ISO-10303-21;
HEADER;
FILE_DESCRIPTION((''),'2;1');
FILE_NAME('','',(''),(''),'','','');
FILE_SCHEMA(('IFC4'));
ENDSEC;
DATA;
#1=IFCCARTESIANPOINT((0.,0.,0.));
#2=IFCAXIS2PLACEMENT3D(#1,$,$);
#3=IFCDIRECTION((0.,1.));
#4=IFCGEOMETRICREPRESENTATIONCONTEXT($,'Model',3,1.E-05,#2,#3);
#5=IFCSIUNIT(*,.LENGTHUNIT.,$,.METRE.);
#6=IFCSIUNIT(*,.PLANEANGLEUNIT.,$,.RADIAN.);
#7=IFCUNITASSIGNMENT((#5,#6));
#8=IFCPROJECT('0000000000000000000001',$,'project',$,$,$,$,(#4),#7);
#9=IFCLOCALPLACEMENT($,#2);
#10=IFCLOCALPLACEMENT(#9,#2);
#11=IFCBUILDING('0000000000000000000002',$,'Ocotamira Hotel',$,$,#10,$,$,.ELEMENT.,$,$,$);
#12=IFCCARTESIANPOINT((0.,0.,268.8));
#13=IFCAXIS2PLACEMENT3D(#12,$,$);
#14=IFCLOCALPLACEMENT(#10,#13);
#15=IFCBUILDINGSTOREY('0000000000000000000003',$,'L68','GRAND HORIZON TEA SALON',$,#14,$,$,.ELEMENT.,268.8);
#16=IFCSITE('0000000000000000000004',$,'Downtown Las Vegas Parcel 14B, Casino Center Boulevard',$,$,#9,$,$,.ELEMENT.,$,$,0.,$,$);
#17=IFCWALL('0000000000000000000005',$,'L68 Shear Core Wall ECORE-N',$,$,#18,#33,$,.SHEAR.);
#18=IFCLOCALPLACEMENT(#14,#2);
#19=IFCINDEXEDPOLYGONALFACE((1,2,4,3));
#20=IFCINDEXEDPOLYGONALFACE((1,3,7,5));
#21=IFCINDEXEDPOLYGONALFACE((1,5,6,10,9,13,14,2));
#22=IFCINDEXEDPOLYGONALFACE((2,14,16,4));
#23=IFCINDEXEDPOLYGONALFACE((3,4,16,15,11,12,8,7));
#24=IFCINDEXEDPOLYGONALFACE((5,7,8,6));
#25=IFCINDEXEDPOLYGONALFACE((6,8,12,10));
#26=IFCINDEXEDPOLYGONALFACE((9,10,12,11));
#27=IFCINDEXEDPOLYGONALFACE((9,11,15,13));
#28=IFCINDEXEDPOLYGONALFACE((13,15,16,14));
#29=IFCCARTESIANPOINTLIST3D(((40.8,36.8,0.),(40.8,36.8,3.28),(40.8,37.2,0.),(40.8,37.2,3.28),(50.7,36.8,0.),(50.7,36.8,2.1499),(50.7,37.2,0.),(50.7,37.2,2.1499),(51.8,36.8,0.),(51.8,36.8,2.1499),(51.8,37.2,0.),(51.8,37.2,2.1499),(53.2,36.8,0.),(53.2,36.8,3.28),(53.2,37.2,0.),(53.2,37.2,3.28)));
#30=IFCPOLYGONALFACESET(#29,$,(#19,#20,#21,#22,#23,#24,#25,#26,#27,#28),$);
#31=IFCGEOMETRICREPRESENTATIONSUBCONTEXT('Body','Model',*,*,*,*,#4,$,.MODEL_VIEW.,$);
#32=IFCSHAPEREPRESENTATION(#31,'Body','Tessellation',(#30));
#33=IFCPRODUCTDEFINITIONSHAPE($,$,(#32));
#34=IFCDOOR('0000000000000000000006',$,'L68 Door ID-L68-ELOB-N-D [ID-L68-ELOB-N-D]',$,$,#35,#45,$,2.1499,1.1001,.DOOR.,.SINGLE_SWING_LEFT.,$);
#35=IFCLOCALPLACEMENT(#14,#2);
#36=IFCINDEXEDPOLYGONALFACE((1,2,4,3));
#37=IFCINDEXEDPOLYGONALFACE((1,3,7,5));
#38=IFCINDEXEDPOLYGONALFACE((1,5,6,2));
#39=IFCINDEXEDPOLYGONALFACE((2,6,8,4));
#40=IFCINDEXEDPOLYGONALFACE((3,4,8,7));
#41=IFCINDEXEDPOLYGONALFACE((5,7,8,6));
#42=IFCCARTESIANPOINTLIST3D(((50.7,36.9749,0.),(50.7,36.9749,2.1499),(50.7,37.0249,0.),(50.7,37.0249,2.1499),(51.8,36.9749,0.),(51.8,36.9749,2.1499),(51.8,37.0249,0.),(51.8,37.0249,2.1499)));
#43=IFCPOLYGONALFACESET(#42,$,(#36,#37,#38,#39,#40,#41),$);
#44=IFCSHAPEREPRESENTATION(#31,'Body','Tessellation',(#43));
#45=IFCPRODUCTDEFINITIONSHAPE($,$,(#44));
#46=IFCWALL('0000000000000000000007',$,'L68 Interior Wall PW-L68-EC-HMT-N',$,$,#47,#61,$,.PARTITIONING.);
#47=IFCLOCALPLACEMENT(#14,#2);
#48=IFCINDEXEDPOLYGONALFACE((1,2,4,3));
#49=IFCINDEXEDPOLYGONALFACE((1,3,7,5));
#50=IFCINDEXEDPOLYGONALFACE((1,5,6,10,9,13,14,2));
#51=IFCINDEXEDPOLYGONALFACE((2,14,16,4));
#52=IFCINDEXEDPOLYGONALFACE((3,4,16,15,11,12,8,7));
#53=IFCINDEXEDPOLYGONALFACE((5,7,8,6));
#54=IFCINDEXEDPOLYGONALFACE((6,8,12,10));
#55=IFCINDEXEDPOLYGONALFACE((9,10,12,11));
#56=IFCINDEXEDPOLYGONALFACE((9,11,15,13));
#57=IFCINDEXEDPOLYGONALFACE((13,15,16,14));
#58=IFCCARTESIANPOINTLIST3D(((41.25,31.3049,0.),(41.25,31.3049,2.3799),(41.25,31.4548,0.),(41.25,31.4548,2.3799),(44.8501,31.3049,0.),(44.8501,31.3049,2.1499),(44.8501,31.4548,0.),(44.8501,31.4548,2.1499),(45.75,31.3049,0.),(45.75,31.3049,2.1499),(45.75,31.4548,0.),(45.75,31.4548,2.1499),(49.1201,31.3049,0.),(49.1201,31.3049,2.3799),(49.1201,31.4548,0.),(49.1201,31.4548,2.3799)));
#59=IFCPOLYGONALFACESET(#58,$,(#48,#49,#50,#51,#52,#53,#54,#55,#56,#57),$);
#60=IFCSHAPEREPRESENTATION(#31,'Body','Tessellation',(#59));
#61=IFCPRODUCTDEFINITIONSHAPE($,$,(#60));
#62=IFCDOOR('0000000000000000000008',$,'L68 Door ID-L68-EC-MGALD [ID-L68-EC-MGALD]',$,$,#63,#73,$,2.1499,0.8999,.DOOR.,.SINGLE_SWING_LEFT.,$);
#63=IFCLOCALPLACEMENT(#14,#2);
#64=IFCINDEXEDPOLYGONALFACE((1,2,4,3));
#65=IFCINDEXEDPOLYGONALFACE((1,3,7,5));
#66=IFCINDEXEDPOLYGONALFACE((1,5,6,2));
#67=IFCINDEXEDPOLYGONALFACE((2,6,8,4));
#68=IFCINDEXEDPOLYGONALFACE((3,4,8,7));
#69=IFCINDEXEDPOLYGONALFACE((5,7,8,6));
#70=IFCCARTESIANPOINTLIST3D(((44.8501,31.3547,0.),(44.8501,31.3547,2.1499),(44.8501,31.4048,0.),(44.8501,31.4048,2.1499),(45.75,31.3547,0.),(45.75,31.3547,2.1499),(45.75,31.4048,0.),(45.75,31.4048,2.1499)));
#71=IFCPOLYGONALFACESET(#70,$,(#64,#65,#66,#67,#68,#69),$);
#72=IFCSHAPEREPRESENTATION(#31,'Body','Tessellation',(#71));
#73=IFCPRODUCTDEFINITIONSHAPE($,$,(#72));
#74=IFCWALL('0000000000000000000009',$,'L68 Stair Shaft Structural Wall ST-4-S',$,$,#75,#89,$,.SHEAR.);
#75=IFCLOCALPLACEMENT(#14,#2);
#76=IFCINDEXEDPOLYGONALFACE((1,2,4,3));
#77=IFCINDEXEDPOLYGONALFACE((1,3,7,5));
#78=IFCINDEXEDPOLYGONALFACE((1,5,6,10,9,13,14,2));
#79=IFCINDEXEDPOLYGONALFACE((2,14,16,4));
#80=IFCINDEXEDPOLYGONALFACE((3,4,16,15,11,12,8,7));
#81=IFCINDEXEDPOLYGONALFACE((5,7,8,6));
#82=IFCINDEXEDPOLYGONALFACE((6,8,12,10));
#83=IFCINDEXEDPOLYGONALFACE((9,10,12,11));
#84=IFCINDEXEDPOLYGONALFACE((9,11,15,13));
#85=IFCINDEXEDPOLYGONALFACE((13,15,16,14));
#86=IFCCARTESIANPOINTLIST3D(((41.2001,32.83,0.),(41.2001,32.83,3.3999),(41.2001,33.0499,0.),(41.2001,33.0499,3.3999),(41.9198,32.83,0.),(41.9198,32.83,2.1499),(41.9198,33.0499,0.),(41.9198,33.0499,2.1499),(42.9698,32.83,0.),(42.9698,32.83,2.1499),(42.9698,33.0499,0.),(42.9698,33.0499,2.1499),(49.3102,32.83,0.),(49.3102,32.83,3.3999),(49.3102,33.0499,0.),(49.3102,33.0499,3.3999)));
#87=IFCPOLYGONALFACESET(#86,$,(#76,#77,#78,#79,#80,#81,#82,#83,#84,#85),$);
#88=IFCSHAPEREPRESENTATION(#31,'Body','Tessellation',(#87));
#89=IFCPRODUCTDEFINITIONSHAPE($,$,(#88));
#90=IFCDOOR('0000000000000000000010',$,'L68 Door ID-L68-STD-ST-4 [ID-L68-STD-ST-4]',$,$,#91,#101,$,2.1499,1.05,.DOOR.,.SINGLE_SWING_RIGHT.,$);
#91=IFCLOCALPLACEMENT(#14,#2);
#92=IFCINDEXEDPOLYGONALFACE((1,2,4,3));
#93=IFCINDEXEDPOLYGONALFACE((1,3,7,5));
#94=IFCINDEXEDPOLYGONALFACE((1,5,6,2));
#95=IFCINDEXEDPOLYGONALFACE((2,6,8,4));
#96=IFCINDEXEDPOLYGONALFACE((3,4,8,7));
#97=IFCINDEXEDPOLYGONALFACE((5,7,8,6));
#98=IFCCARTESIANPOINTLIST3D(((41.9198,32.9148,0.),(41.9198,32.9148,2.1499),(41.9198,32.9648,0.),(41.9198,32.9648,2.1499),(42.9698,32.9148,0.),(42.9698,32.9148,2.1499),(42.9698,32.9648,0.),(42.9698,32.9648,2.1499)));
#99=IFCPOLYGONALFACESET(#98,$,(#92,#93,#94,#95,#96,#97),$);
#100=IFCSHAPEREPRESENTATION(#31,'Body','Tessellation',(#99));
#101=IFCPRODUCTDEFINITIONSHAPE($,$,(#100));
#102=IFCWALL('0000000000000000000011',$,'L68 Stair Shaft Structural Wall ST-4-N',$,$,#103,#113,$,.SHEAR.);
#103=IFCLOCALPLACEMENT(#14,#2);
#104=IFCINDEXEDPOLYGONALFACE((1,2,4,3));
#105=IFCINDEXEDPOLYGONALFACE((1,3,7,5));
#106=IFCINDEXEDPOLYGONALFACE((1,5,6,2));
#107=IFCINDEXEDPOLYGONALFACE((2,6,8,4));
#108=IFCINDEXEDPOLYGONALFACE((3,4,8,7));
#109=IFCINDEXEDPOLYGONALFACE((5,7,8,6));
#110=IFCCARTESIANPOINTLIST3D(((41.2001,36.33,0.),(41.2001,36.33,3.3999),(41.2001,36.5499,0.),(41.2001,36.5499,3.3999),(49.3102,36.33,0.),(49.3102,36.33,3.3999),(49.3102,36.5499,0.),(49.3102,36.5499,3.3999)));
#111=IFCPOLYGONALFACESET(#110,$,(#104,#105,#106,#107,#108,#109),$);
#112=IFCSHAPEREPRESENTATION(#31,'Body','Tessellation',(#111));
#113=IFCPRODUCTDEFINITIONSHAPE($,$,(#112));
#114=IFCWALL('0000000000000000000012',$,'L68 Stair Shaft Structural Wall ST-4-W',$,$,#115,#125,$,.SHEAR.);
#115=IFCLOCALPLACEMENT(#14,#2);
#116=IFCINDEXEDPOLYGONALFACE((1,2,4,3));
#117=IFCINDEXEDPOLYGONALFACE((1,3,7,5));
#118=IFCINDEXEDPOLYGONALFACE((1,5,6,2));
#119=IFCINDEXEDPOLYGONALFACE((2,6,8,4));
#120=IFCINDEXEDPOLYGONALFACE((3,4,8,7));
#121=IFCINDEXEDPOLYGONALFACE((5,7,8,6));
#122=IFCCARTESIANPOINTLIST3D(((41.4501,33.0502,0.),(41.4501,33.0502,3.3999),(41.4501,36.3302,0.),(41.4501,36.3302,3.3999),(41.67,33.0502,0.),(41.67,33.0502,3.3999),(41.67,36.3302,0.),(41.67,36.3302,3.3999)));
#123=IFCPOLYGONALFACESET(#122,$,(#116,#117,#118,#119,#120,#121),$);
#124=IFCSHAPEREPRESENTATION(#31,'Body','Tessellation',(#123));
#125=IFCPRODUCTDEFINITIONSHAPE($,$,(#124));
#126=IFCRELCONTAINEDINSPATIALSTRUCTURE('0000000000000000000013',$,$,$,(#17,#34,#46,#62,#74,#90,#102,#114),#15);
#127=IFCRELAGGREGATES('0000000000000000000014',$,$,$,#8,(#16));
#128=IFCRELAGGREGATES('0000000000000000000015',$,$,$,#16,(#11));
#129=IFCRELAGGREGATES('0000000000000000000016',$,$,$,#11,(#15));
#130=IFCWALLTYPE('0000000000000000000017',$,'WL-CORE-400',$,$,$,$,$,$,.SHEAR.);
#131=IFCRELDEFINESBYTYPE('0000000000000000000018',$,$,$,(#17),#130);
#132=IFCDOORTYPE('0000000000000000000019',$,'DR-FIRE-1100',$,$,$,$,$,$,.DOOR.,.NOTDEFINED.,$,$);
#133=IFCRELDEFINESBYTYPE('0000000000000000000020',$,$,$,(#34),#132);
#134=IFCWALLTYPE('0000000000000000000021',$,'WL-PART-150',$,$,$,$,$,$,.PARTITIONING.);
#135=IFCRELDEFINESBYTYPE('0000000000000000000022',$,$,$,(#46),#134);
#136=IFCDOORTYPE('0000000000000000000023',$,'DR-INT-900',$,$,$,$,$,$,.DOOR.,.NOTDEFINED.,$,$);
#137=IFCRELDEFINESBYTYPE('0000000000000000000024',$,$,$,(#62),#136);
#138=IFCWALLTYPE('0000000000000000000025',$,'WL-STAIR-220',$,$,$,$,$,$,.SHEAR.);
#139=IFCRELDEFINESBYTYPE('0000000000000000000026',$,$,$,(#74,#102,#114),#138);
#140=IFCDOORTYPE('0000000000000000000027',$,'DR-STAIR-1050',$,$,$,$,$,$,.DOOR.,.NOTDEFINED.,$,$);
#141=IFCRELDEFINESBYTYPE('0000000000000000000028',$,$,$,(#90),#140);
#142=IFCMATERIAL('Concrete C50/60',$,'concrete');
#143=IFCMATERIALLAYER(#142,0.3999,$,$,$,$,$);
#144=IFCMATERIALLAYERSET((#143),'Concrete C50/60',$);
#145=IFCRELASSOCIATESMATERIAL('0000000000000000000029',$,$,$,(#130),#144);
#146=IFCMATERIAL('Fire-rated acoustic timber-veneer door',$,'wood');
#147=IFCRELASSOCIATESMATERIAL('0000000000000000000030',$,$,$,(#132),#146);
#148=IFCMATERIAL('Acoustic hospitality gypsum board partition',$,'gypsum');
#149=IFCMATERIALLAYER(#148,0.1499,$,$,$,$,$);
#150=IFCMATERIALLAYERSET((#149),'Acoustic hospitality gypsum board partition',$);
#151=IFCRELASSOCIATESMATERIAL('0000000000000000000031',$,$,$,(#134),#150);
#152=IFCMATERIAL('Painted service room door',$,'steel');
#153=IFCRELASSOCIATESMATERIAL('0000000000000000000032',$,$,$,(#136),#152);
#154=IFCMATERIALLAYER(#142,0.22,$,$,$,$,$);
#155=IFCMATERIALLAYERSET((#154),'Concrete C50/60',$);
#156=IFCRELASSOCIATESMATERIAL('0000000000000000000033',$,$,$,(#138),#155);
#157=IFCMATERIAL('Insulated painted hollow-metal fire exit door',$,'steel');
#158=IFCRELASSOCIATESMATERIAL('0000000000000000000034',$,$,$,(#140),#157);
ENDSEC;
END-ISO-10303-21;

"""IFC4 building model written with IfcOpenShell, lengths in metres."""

from ifc_helpers import new_model, si_unit, direction, frame, frame_2d, origin, place, context, subcontext, project, spatial, rectangle, extrude, source, transform, mapped, material, layer, layer_set, type_object, element, fill, save


model = new_model("IFC4")

# Units and contexts
model_context = context("Model", 3, precision=1e-05, world=origin(), true_north=direction((0.0, 1.0)))
body_context = subcontext(model_context, "Body", "Model", "MODEL_VIEW")
ifc_project = project(units=[si_unit("LENGTHUNIT", "METRE"), si_unit("PLANEANGLEUNIT", "RADIAN")], contexts=[model_context])

# Site, building, storey
site_placement = place(None, origin())
site = spatial("IfcSite", under=ifc_project, at=site_placement, Name="Downtown Las Vegas Parcel 14B, Casino Center Boulevard", CompositionType="ELEMENT", RefElevation=0.0)
building_placement = place(site_placement, origin())
building = spatial("IfcBuilding", under=site, at=building_placement, Name="Ocotamira Hotel", CompositionType="ELEMENT")
storey_placement = place(building_placement, frame((0.0, 0.0, 268.8)))
storey = spatial("IfcBuildingStorey", under=building, at=storey_placement, Name="L68", Description="GRAND HORIZON TEA SALON", CompositionType="ELEMENT", Elevation=268.8)

# Shared definitions
ifc_material_1 = material(Name="Concrete C50/60", Category="concrete")

# Walls, openings, doors
ifc_layer_1 = layer(ifc_material_1, 0.3999)
ifc_layer_set_1 = layer_set([ifc_layer_1], Name="Concrete C50/60")
wall_type_1 = type_object("IfcWallType", Name="WL-CORE-400", PredefinedType="SHEAR", material=ifc_layer_set_1)
wall_1_placement = place(storey_placement, frame((40.8, 37.0, 0.0), z_axis=(0.0, 0.0, 1.0), x_axis=(1.0, 0.0, 0.0)))
wall_1 = element("IfcWall", 1, at=wall_1_placement, inside=storey, type_object=wall_type_1, Name="L68 Shear Core Wall ECORE-N", PredefinedType="SHEAR", context=body_context, shape_type="SweptSolid", body=[
    extrude(rectangle(XDim=12.3999, YDim=0.3999, at=frame_2d((6.2, 0.0))), origin(), (0.0, 0.0, 1.0), 3.28),
])
opening_1_placement = place(wall_1_placement, frame((9.8999, 0.0, 0.0)))
opening_1 = element("IfcOpeningElement", 2, at=opening_1_placement, cuts=wall_1, PredefinedType="OPENING", context=body_context, shape_type="SweptSolid", body=[
    extrude(rectangle(XDim=1.1001, YDim=2.1499, at=frame_2d((0.55, 1.075))), frame((0.0, 0.21, 0.0), z_axis=(0.0, -1.0, 0.0), x_axis=(1.0, 0.0, 0.0)), (0.0, 0.0, 1.0), 0.4199),
])
ifc_material_2 = material(Name="Fire-rated acoustic timber-veneer door", Category="wood")
door_type_1 = type_object("IfcDoorType", Name="DR-FIRE-1100", OperationType="NOTDEFINED", PredefinedType="DOOR", material=ifc_material_2)
shared_shape_1 = source(origin(), body_context, "Body", "SweptSolid", [
    extrude(rectangle(XDim=1.1001, YDim=2.1499, at=frame_2d((0.55, 1.075))), frame((0.0, 0.0249, 0.0), z_axis=(0.0, -1.0, 0.0), x_axis=(1.0, 0.0, 0.0)), (0.0, 0.0, 1.0), 0.05),
])
door_1_placement = place(opening_1_placement, origin())
door_1 = element("IfcDoor", 3, at=door_1_placement, inside=storey, type_object=door_type_1, Name="L68 Door ID-L68-ELOB-N-D [ID-L68-ELOB-N-D]", OperationType="SINGLE_SWING_LEFT", OverallHeight=2.1499, OverallWidth=1.1001, PredefinedType="DOOR", context=body_context, shape_type="MappedRepresentation", body=[
    mapped(shared_shape_1, transform((0.0, 0.0, 0.0), scale=1.0)),
])
fill(opening_1, door_1)
ifc_material_3 = material(Name="Acoustic hospitality gypsum board partition", Category="gypsum")
ifc_layer_2 = layer(ifc_material_3, 0.1499)
ifc_layer_set_2 = layer_set([ifc_layer_2], Name="Acoustic hospitality gypsum board partition")
wall_type_2 = type_object("IfcWallType", Name="WL-PART-150", PredefinedType="PARTITIONING", material=ifc_layer_set_2)
wall_2_placement = place(storey_placement, frame((41.25, 31.3799, 0.0), z_axis=(0.0, 0.0, 1.0), x_axis=(1.0, 0.0, 0.0)))
wall_2 = element("IfcWall", 4, at=wall_2_placement, inside=storey, type_object=wall_type_2, Name="L68 Interior Wall PW-L68-EC-HMT-N", PredefinedType="PARTITIONING", context=body_context, shape_type="SweptSolid", body=[
    extrude(rectangle(XDim=7.8701, YDim=0.1499, at=frame_2d((3.9351, 0.0))), origin(), (0.0, 0.0, 1.0), 2.3799),
])
opening_2_placement = place(wall_2_placement, frame((3.6001, 0.0, 0.0)))
opening_2 = element("IfcOpeningElement", 5, at=opening_2_placement, cuts=wall_2, PredefinedType="OPENING", context=body_context, shape_type="SweptSolid", body=[
    extrude(rectangle(XDim=0.8999, YDim=2.1499, at=frame_2d((0.45, 1.075))), frame((0.0, 0.085, 0.0), z_axis=(0.0, -1.0, 0.0), x_axis=(1.0, 0.0, 0.0)), (0.0, 0.0, 1.0), 0.1699),
])
ifc_material_4 = material(Name="Painted service room door", Category="steel")
door_type_2 = type_object("IfcDoorType", Name="DR-INT-900", OperationType="NOTDEFINED", PredefinedType="DOOR", material=ifc_material_4)
shared_shape_2 = source(origin(), body_context, "Body", "SweptSolid", [
    extrude(rectangle(XDim=0.8999, YDim=2.1499, at=frame_2d((0.45, 1.075))), frame((0.0, 0.0249, 0.0), z_axis=(0.0, -1.0, 0.0), x_axis=(1.0, 0.0, 0.0)), (0.0, 0.0, 1.0), 0.05),
])
door_2_placement = place(opening_2_placement, origin())
door_2 = element("IfcDoor", 6, at=door_2_placement, inside=storey, type_object=door_type_2, Name="L68 Door ID-L68-EC-MGALD [ID-L68-EC-MGALD]", OperationType="SINGLE_SWING_LEFT", OverallHeight=2.1499, OverallWidth=0.8999, PredefinedType="DOOR", context=body_context, shape_type="MappedRepresentation", body=[
    mapped(shared_shape_2, transform((0.0, 0.0, 0.0), scale=1.0)),
])
fill(opening_2, door_2)
ifc_layer_3 = layer(ifc_material_1, 0.22)
ifc_layer_set_3 = layer_set([ifc_layer_3], Name="Concrete C50/60")
wall_type_3 = type_object("IfcWallType", Name="WL-STAIR-220", PredefinedType="SHEAR", material=ifc_layer_set_3)
wall_3_placement = place(storey_placement, frame((41.2, 32.9399, 0.0), z_axis=(0.0, 0.0, 1.0), x_axis=(1.0, 0.0, 0.0)))
wall_3 = element("IfcWall", 7, at=wall_3_placement, inside=storey, type_object=wall_type_3, Name="L68 Stair Shaft Structural Wall ST-4-S", PredefinedType="SHEAR", context=body_context, shape_type="SweptSolid", body=[
    extrude(rectangle(XDim=8.1101, YDim=0.22, at=frame_2d((4.0552, 0.0))), origin(), (0.0, 0.0, 1.0), 3.3999),
])
opening_3_placement = place(wall_3_placement, frame((0.72, 0.0, 0.0)))
opening_3 = element("IfcOpeningElement", 8, at=opening_3_placement, cuts=wall_3, PredefinedType="OPENING", context=body_context, shape_type="SweptSolid", body=[
    extrude(rectangle(XDim=1.05, YDim=2.1499, at=frame_2d((0.5249, 1.075))), frame((0.0, 0.1201, 0.0), z_axis=(0.0, -1.0, 0.0), x_axis=(1.0, 0.0, 0.0)), (0.0, 0.0, 1.0), 0.24),
])
ifc_material_5 = material(Name="Insulated painted hollow-metal fire exit door", Category="steel")
door_type_3 = type_object("IfcDoorType", Name="DR-STAIR-1050", OperationType="NOTDEFINED", PredefinedType="DOOR", material=ifc_material_5)
shared_shape_3 = source(origin(), body_context, "Body", "SweptSolid", [
    extrude(rectangle(XDim=1.05, YDim=2.1499, at=frame_2d((0.5249, 1.075))), frame((0.0, 0.0249, 0.0), z_axis=(0.0, -1.0, 0.0), x_axis=(1.0, 0.0, 0.0)), (0.0, 0.0, 1.0), 0.05),
])
door_3_placement = place(opening_3_placement, origin())
door_3 = element("IfcDoor", 9, at=door_3_placement, inside=storey, type_object=door_type_3, Name="L68 Door ID-L68-STD-ST-4 [ID-L68-STD-ST-4]", OperationType="SINGLE_SWING_RIGHT", OverallHeight=2.1499, OverallWidth=1.05, PredefinedType="DOOR", context=body_context, shape_type="MappedRepresentation", body=[
    mapped(shared_shape_3, transform((0.0, 0.0, 0.0), scale=1.0)),
])
fill(opening_3, door_3)

# Walls
wall_4_placement = place(storey_placement, frame((41.2, 36.4399, 0.0), z_axis=(0.0, 0.0, 1.0), x_axis=(1.0, 0.0, 0.0)))
element("IfcWall", 10, at=wall_4_placement, inside=storey, type_object=wall_type_3, Name="L68 Stair Shaft Structural Wall ST-4-N", PredefinedType="SHEAR", context=body_context, shape_type="SweptSolid", body=[
    extrude(rectangle(XDim=8.1101, YDim=0.22, at=frame_2d((4.0552, 0.0))), origin(), (0.0, 0.0, 1.0), 3.3999),
])
wall_5_placement = place(storey_placement, frame((41.5601, 33.05, 0.0), z_axis=(0.0, 0.0, 1.0), x_axis=(0.0, 1.0, 0.0)))
element("IfcWall", 11, at=wall_5_placement, inside=storey, type_object=wall_type_3, Name="L68 Stair Shaft Structural Wall ST-4-W", PredefinedType="SHEAR", context=body_context, shape_type="SweptSolid", body=[
    extrude(rectangle(XDim=3.28, YDim=0.22, at=frame_2d((1.6401, 0.0))), origin(), (0.0, 0.0, 1.0), 3.3999),
])

save(model, "model.ifc")
